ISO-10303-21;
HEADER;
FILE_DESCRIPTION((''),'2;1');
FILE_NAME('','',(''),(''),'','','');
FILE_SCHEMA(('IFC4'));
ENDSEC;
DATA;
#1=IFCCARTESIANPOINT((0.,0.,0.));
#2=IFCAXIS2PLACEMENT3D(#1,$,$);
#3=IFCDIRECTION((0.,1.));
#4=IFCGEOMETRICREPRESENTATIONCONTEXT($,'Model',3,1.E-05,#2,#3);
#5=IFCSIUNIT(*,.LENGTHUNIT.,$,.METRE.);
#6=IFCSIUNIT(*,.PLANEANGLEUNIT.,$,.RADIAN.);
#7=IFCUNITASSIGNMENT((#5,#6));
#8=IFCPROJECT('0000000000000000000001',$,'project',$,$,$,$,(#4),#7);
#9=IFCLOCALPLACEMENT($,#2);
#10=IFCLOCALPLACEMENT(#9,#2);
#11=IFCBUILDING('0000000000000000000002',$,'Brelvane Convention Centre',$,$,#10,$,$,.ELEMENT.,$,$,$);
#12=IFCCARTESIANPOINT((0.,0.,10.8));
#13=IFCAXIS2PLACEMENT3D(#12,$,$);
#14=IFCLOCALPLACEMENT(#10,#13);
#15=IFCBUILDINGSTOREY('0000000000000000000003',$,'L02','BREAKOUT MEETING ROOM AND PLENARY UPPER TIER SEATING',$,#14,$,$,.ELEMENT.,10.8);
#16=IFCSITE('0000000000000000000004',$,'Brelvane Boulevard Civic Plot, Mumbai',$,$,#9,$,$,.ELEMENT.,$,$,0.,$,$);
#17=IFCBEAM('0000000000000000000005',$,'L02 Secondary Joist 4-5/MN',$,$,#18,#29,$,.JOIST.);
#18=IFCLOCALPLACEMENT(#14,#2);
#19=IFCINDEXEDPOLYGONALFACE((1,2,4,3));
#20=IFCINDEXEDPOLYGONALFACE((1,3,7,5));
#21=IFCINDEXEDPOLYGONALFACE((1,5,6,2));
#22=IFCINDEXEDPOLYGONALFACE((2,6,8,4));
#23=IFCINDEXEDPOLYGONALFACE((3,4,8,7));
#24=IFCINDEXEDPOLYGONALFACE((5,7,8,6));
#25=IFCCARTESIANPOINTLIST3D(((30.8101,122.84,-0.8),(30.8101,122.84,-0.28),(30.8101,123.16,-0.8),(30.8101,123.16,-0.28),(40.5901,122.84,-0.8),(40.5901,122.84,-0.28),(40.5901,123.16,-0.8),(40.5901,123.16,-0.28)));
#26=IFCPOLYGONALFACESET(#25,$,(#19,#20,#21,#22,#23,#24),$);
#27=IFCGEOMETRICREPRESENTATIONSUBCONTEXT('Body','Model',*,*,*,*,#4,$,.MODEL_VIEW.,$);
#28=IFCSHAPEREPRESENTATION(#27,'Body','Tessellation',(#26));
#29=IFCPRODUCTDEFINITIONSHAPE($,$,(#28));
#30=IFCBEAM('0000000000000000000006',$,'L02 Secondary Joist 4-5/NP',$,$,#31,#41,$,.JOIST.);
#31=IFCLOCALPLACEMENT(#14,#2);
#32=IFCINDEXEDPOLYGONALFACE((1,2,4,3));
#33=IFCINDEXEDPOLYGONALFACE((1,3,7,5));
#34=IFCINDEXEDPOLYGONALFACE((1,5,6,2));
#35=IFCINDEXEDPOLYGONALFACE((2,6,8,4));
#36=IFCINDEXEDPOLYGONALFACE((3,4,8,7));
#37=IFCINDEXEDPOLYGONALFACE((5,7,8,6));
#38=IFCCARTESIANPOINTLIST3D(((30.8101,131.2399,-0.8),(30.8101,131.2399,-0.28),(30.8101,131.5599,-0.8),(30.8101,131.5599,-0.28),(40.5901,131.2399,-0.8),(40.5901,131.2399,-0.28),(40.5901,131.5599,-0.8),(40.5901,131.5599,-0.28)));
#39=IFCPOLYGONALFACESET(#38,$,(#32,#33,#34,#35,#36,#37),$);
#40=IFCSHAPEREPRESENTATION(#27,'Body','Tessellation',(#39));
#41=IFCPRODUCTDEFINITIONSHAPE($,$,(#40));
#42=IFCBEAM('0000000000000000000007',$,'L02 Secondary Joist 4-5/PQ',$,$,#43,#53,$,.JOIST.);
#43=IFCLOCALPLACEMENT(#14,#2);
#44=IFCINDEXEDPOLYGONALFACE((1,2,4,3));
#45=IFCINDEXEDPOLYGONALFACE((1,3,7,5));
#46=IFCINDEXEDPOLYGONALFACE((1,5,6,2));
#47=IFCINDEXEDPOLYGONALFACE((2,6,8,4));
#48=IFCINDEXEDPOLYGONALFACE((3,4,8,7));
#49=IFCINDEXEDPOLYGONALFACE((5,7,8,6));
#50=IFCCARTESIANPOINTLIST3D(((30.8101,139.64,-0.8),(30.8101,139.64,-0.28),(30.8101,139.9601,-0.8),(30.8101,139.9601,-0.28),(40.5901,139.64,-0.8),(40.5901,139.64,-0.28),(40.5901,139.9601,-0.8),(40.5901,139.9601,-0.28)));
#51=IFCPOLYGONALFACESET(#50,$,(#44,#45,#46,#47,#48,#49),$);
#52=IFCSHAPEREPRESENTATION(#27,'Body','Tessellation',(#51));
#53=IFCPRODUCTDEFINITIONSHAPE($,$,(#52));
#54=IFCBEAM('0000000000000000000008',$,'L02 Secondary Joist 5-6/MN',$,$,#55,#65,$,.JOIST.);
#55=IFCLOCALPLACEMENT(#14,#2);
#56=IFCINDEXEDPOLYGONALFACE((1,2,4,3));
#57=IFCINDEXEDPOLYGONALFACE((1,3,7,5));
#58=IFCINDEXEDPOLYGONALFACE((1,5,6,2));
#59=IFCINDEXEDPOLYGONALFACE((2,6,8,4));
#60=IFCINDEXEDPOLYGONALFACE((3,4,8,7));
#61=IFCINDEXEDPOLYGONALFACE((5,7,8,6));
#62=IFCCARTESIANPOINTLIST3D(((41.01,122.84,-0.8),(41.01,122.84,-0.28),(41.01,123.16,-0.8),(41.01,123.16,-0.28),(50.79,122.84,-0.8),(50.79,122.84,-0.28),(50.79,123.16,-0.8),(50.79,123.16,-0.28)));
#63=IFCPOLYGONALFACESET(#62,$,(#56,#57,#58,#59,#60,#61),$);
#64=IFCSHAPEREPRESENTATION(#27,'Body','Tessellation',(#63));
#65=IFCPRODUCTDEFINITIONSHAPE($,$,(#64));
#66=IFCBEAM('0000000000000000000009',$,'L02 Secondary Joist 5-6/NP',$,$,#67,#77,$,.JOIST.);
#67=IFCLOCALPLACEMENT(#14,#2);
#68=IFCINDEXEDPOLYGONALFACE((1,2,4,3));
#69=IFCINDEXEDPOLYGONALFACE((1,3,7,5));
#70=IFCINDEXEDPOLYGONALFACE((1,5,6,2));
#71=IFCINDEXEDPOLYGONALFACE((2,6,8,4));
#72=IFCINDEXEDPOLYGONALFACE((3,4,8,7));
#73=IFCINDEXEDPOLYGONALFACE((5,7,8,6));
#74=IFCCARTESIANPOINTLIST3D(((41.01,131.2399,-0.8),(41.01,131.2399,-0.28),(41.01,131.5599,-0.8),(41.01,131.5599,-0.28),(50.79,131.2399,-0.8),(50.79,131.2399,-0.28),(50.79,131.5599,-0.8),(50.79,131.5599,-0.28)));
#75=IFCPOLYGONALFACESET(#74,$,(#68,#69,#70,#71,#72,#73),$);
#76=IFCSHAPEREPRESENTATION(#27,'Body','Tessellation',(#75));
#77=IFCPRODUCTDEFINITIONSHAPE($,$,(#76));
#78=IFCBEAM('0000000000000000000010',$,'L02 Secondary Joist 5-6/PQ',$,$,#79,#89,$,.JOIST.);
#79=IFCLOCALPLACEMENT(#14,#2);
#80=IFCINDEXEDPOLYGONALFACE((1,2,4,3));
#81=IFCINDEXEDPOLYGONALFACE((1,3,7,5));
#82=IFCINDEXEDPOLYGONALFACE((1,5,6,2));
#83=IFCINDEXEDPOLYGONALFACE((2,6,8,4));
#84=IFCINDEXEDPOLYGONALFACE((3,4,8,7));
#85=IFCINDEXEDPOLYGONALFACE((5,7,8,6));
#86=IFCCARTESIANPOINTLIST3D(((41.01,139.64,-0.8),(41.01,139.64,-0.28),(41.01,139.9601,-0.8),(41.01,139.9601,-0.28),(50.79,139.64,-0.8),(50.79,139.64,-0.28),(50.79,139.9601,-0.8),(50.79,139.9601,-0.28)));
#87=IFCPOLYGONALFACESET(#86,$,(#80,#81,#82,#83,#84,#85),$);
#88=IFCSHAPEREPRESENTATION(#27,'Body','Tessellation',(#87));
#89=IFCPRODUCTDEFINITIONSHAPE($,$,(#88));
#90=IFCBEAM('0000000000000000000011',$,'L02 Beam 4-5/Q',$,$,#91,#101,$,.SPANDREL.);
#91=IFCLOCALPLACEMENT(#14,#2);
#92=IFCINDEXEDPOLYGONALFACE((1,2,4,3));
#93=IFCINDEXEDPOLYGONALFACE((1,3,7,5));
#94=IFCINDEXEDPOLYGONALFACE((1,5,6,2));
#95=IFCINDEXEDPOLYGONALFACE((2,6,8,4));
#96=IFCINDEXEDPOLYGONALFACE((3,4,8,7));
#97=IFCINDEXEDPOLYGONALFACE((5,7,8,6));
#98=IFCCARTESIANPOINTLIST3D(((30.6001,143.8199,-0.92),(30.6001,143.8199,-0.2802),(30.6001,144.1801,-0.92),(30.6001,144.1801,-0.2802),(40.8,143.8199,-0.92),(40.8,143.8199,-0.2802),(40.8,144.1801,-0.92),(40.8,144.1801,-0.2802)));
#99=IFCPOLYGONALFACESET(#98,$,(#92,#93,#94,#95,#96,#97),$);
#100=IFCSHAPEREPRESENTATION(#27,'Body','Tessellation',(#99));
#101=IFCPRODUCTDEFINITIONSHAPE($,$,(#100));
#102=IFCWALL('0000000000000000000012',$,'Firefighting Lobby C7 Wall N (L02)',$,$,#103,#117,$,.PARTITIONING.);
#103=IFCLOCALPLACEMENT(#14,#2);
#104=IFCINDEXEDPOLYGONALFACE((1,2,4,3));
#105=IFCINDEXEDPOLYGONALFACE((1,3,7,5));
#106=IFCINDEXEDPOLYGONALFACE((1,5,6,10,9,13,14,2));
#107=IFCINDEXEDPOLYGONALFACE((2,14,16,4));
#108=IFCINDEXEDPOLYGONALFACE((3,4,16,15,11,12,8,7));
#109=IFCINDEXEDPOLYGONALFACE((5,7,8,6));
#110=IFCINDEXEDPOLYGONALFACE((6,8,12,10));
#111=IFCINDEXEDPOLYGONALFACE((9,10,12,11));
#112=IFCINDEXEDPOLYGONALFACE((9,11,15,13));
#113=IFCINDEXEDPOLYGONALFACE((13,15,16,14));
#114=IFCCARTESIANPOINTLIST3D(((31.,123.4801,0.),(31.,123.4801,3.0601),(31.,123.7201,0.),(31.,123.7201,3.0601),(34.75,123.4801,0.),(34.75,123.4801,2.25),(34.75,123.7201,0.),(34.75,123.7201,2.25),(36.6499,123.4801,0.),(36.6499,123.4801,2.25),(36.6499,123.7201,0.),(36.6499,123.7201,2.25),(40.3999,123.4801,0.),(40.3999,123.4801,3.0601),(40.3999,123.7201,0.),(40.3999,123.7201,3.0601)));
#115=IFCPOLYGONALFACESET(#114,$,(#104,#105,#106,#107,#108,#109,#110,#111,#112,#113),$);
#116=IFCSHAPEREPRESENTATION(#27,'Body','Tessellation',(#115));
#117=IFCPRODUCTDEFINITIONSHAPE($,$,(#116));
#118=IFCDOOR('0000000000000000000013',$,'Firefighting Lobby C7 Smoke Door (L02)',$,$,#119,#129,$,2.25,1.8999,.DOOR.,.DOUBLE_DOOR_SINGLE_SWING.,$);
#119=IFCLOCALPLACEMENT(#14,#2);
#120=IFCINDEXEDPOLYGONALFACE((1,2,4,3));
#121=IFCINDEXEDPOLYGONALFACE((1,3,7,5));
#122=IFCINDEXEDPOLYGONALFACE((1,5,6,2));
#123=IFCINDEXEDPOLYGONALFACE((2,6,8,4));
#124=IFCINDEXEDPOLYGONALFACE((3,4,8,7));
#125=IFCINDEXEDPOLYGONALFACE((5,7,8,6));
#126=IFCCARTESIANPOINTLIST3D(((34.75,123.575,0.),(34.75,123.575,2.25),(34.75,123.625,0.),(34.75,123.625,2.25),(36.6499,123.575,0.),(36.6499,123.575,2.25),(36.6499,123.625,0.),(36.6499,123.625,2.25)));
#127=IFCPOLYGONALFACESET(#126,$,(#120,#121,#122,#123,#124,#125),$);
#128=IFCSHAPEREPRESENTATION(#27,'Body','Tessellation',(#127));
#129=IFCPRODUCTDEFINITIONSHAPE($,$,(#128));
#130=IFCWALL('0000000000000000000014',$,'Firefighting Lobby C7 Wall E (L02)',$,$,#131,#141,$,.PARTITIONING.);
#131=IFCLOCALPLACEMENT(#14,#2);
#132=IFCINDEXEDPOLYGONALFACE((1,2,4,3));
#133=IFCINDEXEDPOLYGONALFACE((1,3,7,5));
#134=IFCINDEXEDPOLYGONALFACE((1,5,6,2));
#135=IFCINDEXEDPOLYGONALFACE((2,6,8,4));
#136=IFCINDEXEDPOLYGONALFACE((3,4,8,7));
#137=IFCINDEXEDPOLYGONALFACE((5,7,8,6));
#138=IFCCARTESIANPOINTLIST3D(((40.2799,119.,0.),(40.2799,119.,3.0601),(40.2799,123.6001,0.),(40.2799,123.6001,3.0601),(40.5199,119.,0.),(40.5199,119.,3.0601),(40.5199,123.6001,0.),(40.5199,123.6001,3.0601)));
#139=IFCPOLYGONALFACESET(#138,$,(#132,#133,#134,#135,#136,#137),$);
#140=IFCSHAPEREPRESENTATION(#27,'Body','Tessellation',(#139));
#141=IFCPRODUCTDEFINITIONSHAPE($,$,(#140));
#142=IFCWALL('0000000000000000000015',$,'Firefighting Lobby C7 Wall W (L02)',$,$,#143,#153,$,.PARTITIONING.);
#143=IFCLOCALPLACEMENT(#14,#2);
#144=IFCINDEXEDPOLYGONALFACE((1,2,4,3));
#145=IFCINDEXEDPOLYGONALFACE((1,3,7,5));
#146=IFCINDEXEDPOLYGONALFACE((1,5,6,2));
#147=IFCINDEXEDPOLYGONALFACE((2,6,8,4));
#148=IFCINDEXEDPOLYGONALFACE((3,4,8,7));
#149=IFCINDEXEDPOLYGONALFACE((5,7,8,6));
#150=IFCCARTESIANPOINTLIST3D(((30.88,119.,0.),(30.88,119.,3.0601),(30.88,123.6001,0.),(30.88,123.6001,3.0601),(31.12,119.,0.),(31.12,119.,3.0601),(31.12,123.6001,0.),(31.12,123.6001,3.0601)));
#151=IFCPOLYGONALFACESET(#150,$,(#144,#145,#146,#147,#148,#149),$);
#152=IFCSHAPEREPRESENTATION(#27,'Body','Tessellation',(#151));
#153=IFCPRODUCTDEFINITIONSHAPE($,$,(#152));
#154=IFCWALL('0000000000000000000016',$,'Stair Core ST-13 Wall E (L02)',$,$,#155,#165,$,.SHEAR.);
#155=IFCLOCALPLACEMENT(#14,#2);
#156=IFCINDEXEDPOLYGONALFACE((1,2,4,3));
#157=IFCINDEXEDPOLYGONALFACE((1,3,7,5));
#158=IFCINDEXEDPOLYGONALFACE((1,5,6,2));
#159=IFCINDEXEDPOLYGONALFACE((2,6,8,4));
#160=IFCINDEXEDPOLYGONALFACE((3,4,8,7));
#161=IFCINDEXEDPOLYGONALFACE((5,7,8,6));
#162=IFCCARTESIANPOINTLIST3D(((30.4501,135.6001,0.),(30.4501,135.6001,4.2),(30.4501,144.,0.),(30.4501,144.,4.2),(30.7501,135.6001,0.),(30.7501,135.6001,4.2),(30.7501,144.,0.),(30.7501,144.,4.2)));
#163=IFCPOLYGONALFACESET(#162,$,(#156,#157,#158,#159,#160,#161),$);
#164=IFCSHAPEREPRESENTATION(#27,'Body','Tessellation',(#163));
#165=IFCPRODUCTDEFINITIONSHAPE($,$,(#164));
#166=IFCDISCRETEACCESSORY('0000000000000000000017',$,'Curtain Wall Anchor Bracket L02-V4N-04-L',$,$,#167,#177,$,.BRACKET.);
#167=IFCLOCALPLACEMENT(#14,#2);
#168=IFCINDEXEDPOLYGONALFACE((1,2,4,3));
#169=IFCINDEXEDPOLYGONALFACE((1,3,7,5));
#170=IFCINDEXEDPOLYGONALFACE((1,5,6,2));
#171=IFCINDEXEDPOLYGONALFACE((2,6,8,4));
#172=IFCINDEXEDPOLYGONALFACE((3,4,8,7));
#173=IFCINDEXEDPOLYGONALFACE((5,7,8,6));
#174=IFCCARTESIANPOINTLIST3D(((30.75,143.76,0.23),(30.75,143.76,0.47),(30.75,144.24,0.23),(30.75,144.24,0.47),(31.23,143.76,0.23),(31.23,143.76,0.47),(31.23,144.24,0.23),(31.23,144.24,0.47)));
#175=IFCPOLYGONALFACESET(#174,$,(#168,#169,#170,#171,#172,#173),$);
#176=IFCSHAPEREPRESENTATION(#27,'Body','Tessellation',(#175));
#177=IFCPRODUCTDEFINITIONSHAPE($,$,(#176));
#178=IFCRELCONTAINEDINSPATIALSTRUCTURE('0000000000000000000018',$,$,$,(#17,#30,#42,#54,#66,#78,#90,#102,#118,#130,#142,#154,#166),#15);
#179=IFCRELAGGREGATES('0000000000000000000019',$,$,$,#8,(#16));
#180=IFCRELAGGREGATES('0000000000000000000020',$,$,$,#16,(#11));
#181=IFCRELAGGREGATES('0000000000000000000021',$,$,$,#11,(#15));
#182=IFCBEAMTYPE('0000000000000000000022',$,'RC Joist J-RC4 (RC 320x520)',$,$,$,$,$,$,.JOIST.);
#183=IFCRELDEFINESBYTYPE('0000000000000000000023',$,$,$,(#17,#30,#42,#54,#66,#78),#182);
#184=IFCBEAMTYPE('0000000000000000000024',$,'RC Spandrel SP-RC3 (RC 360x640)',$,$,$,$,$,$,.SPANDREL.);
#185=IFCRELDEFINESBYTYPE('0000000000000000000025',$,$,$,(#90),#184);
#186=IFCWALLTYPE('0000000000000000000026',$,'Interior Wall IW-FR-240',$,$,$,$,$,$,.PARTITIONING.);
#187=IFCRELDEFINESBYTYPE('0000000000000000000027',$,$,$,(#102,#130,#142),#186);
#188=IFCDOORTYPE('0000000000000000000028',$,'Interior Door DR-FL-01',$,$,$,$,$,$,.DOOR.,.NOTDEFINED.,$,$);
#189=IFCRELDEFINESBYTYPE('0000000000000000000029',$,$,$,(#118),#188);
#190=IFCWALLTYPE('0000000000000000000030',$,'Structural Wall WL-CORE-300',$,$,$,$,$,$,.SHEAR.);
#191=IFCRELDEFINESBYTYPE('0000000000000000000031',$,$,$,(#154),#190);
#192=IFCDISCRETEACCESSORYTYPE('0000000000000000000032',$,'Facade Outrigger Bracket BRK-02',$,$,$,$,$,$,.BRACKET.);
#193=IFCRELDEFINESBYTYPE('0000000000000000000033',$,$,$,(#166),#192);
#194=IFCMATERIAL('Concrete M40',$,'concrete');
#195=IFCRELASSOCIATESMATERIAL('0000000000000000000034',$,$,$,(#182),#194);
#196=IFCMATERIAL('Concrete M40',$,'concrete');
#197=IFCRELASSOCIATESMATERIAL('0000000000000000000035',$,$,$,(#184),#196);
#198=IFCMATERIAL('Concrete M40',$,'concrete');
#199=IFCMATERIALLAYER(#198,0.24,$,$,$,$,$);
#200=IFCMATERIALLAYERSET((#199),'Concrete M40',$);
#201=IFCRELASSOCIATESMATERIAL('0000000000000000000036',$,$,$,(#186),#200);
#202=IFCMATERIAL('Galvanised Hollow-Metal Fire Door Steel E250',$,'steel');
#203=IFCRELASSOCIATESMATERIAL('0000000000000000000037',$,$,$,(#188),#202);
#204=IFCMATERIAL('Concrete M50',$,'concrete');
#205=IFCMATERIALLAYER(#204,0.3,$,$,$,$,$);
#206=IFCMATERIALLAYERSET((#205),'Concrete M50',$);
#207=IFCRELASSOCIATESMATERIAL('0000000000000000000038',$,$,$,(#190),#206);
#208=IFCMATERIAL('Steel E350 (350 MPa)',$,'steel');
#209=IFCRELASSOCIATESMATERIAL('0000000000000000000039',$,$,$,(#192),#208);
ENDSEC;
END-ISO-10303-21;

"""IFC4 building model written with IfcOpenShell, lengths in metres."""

from ifc_helpers import new_model, si_unit, direction, frame, frame_2d, origin, origin_2d, place, context, subcontext, project, spatial, rectangle, extrude, material, layer, layer_set, material_profile, profile_set, type_object, element, fill, save


model = new_model("IFC4")

# Units and contexts
model_context = context("Model", 3, precision=1e-05, world=origin(), true_north=direction((0.0, 1.0)))
body_context = subcontext(model_context, "Body", "Model", "MODEL_VIEW")
ifc_project = project(units=[si_unit("LENGTHUNIT", "METRE"), si_unit("PLANEANGLEUNIT", "RADIAN")], contexts=[model_context])

# Site, building, storey
site_placement = place(None, origin())
site = spatial("IfcSite", under=ifc_project, at=site_placement, Name="Brelvane Boulevard Civic Plot, Mumbai", CompositionType="ELEMENT", RefElevation=0.0)
building_placement = place(site_placement, origin())
building = spatial("IfcBuilding", under=site, at=building_placement, Name="Brelvane Convention Centre", CompositionType="ELEMENT")
storey_placement = place(building_placement, frame((0.0, 0.0, 10.8)))
storey = spatial("IfcBuildingStorey", under=building, at=storey_placement, Name="L02", Description="BREAKOUT MEETING ROOM AND PLENARY UPPER TIER SEATING", CompositionType="ELEMENT", Elevation=10.8)

# Beams
ifc_material_1 = material(Name="Concrete M40", Category="concrete")
ifc_material_profile_1 = material_profile(ifc_material_1, rectangle(XDim=0.3201, YDim=0.52, at=origin_2d()), Name="RC 320x520")
ifc_profile_set_1 = profile_set([ifc_material_profile_1], Name="Concrete M40")
beam_type_1 = type_object("IfcBeamType", Name="RC Joist J-RC4 (RC 320x520)", PredefinedType="JOIST", material=ifc_profile_set_1)
for number, where, z_axis, x_axis, name in (
    (1, (30.8101, 123.0, -0.54), (1.0, 0.0, 0.0), (0.0, 1.0, 0.0), "L02 Secondary Joist 4-5/MN"),
    (2, (30.8101, 131.3999, -0.54), (1.0, 0.0, 0.0), (0.0, 1.0, 0.0), "L02 Secondary Joist 4-5/NP"),
    (3, (30.8101, 139.8, -0.54), (1.0, 0.0, 0.0), (0.0, 1.0, 0.0), "L02 Secondary Joist 4-5/PQ"),
    (4, (41.01, 123.0, -0.54), (1.0, 0.0, 0.0), (0.0, 1.0, 0.0), "L02 Secondary Joist 5-6/MN"),
    (5, (41.01, 131.3999, -0.54), (1.0, 0.0, 0.0), (0.0, 1.0, 0.0), "L02 Secondary Joist 5-6/NP"),
    (6, (41.01, 139.8, -0.54), (1.0, 0.0, 0.0), (0.0, 1.0, 0.0), "L02 Secondary Joist 5-6/PQ"),
):
    element("IfcBeam", number, at=place(storey_placement, frame(where, z_axis=z_axis, x_axis=x_axis)), inside=storey, type_object=beam_type_1, Name=name, PredefinedType="JOIST", context=body_context, shape_type="SweptSolid", body=[
        extrude(rectangle(XDim=0.3201, YDim=0.52, at=origin_2d()), origin(), (0.0, 0.0, 1.0), 9.78),
    ])
ifc_material_2 = material(Name="Concrete M40", Category="concrete")
ifc_material_profile_2 = material_profile(ifc_material_2, rectangle(XDim=0.3601, YDim=0.6399, at=origin_2d()), Name="RC 360x640")
ifc_profile_set_2 = profile_set([ifc_material_profile_2], Name="Concrete M40")
beam_type_2 = type_object("IfcBeamType", Name="RC Spandrel SP-RC3 (RC 360x640)", PredefinedType="SPANDREL", material=ifc_profile_set_2)
beam_1_placement = place(storey_placement, frame((30.6001, 144.0, -0.6001), z_axis=(1.0, 0.0, 0.0), x_axis=(0.0, 1.0, 0.0)))
element("IfcBeam", 7, at=beam_1_placement, inside=storey, type_object=beam_type_2, Name="L02 Beam 4-5/Q", PredefinedType="SPANDREL", context=body_context, shape_type="SweptSolid", body=[
    extrude(rectangle(XDim=0.3601, YDim=0.6399, at=origin_2d()), origin(), (0.0, 0.0, 1.0), 10.2),
])

# Wall, opening, door
ifc_material_3 = material(Name="Concrete M40", Category="concrete")
ifc_layer_1 = layer(ifc_material_3, 0.24)
ifc_layer_set_1 = layer_set([ifc_layer_1], Name="Concrete M40")
wall_type_1 = type_object("IfcWallType", Name="Interior Wall IW-FR-240", PredefinedType="PARTITIONING", material=ifc_layer_set_1)
wall_1_placement = place(storey_placement, frame((31.0, 123.6001, 0.0), z_axis=(0.0, 0.0, 1.0), x_axis=(1.0, 0.0, 0.0)))
wall_1 = element("IfcWall", 8, at=wall_1_placement, inside=storey, type_object=wall_type_1, Name="Firefighting Lobby C7 Wall N (L02)", PredefinedType="PARTITIONING", context=body_context, shape_type="SweptSolid", body=[
    extrude(rectangle(XDim=9.3999, YDim=0.24, at=frame_2d((4.7, 0.0))), origin(), (0.0, 0.0, 1.0), 3.0601),
])
opening_placement = place(wall_1_placement, frame((3.75, 0.0, 0.0)))
opening = element("IfcOpeningElement", 9, at=opening_placement, cuts=wall_1, PredefinedType="OPENING", context=body_context, shape_type="SweptSolid", body=[
    extrude(rectangle(XDim=1.8999, YDim=2.25, at=frame_2d((0.95, 1.125))), frame((0.0, 0.1299, 0.0), z_axis=(0.0, -1.0, 0.0), x_axis=(1.0, 0.0, 0.0)), (0.0, 0.0, 1.0), 0.26),
])
ifc_material_4 = material(Name="Galvanised Hollow-Metal Fire Door Steel E250", Category="steel")
door_type = type_object("IfcDoorType", Name="Interior Door DR-FL-01", OperationType="NOTDEFINED", PredefinedType="DOOR", material=ifc_material_4)
door_placement = place(opening_placement, origin())
door = element("IfcDoor", 10, at=door_placement, inside=storey, type_object=door_type, Name="Firefighting Lobby C7 Smoke Door (L02)", OperationType="DOUBLE_DOOR_SINGLE_SWING", OverallHeight=2.25, OverallWidth=1.8999, PredefinedType="DOOR", context=body_context, shape_type="SweptSolid", body=[
    extrude(rectangle(XDim=1.8999, YDim=2.25, at=frame_2d((0.95, 1.125))), frame((0.0, 0.0249, 0.0), z_axis=(0.0, -1.0, 0.0), x_axis=(1.0, 0.0, 0.0)), (0.0, 0.0, 1.0), 0.05),
])
fill(opening, door)

# Walls
for number, where, z_axis, x_axis, name in (
    (11, (40.3999, 119.0, 0.0), (0.0, 0.0, 1.0), (0.0, 1.0, 0.0), "Firefighting Lobby C7 Wall E (L02)"),
    (12, (31.0, 119.0, 0.0), (0.0, 0.0, 1.0), (0.0, 1.0, 0.0), "Firefighting Lobby C7 Wall W (L02)"),
):
    element("IfcWall", number, at=place(storey_placement, frame(where, z_axis=z_axis, x_axis=x_axis)), inside=storey, type_object=wall_type_1, Name=name, PredefinedType="PARTITIONING", context=body_context, shape_type="SweptSolid", body=[
        extrude(rectangle(XDim=4.6001, YDim=0.24, at=frame_2d((2.3, 0.0))), origin(), (0.0, 0.0, 1.0), 3.0601),
    ])
ifc_material_5 = material(Name="Concrete M50", Category="concrete")
ifc_layer_2 = layer(ifc_material_5, 0.3)
ifc_layer_set_2 = layer_set([ifc_layer_2], Name="Concrete M50")
wall_type_2 = type_object("IfcWallType", Name="Structural Wall WL-CORE-300", PredefinedType="SHEAR", material=ifc_layer_set_2)
wall_2_placement = place(storey_placement, frame((30.6001, 135.6001, 0.0), z_axis=(0.0, 0.0, 1.0), x_axis=(0.0, 1.0, 0.0)))
element("IfcWall", 13, at=wall_2_placement, inside=storey, type_object=wall_type_2, Name="Stair Core ST-13 Wall E (L02)", PredefinedType="SHEAR", context=body_context, shape_type="SweptSolid", body=[
    extrude(rectangle(XDim=8.3999, YDim=0.3, at=frame_2d((4.2, 0.0))), origin(), (0.0, 0.0, 1.0), 4.2),
])

# Discrete accessory
ifc_material_6 = material(Name="Steel E350 (350 MPa)", Category="steel")
discrete_accessory_type = type_object("IfcDiscreteAccessoryType", Name="Facade Outrigger Bracket BRK-02", PredefinedType="BRACKET", material=ifc_material_6)
discrete_accessory_placement = place(storey_placement, frame((30.99, 144.0, 0.23), z_axis=(0.0, 0.0, 1.0), x_axis=(1.0, 0.0, 0.0)))
element("IfcDiscreteAccessory", 14, at=discrete_accessory_placement, inside=storey, type_object=discrete_accessory_type, Name="Curtain Wall Anchor Bracket L02-V4N-04-L", PredefinedType="BRACKET", context=body_context, shape_type="SweptSolid", body=[
    extrude(rectangle(XDim=0.48, YDim=0.48, at=origin_2d()), origin(), (0.0, 0.0, 1.0), 0.24),
])

save(model, "model.ifc")
